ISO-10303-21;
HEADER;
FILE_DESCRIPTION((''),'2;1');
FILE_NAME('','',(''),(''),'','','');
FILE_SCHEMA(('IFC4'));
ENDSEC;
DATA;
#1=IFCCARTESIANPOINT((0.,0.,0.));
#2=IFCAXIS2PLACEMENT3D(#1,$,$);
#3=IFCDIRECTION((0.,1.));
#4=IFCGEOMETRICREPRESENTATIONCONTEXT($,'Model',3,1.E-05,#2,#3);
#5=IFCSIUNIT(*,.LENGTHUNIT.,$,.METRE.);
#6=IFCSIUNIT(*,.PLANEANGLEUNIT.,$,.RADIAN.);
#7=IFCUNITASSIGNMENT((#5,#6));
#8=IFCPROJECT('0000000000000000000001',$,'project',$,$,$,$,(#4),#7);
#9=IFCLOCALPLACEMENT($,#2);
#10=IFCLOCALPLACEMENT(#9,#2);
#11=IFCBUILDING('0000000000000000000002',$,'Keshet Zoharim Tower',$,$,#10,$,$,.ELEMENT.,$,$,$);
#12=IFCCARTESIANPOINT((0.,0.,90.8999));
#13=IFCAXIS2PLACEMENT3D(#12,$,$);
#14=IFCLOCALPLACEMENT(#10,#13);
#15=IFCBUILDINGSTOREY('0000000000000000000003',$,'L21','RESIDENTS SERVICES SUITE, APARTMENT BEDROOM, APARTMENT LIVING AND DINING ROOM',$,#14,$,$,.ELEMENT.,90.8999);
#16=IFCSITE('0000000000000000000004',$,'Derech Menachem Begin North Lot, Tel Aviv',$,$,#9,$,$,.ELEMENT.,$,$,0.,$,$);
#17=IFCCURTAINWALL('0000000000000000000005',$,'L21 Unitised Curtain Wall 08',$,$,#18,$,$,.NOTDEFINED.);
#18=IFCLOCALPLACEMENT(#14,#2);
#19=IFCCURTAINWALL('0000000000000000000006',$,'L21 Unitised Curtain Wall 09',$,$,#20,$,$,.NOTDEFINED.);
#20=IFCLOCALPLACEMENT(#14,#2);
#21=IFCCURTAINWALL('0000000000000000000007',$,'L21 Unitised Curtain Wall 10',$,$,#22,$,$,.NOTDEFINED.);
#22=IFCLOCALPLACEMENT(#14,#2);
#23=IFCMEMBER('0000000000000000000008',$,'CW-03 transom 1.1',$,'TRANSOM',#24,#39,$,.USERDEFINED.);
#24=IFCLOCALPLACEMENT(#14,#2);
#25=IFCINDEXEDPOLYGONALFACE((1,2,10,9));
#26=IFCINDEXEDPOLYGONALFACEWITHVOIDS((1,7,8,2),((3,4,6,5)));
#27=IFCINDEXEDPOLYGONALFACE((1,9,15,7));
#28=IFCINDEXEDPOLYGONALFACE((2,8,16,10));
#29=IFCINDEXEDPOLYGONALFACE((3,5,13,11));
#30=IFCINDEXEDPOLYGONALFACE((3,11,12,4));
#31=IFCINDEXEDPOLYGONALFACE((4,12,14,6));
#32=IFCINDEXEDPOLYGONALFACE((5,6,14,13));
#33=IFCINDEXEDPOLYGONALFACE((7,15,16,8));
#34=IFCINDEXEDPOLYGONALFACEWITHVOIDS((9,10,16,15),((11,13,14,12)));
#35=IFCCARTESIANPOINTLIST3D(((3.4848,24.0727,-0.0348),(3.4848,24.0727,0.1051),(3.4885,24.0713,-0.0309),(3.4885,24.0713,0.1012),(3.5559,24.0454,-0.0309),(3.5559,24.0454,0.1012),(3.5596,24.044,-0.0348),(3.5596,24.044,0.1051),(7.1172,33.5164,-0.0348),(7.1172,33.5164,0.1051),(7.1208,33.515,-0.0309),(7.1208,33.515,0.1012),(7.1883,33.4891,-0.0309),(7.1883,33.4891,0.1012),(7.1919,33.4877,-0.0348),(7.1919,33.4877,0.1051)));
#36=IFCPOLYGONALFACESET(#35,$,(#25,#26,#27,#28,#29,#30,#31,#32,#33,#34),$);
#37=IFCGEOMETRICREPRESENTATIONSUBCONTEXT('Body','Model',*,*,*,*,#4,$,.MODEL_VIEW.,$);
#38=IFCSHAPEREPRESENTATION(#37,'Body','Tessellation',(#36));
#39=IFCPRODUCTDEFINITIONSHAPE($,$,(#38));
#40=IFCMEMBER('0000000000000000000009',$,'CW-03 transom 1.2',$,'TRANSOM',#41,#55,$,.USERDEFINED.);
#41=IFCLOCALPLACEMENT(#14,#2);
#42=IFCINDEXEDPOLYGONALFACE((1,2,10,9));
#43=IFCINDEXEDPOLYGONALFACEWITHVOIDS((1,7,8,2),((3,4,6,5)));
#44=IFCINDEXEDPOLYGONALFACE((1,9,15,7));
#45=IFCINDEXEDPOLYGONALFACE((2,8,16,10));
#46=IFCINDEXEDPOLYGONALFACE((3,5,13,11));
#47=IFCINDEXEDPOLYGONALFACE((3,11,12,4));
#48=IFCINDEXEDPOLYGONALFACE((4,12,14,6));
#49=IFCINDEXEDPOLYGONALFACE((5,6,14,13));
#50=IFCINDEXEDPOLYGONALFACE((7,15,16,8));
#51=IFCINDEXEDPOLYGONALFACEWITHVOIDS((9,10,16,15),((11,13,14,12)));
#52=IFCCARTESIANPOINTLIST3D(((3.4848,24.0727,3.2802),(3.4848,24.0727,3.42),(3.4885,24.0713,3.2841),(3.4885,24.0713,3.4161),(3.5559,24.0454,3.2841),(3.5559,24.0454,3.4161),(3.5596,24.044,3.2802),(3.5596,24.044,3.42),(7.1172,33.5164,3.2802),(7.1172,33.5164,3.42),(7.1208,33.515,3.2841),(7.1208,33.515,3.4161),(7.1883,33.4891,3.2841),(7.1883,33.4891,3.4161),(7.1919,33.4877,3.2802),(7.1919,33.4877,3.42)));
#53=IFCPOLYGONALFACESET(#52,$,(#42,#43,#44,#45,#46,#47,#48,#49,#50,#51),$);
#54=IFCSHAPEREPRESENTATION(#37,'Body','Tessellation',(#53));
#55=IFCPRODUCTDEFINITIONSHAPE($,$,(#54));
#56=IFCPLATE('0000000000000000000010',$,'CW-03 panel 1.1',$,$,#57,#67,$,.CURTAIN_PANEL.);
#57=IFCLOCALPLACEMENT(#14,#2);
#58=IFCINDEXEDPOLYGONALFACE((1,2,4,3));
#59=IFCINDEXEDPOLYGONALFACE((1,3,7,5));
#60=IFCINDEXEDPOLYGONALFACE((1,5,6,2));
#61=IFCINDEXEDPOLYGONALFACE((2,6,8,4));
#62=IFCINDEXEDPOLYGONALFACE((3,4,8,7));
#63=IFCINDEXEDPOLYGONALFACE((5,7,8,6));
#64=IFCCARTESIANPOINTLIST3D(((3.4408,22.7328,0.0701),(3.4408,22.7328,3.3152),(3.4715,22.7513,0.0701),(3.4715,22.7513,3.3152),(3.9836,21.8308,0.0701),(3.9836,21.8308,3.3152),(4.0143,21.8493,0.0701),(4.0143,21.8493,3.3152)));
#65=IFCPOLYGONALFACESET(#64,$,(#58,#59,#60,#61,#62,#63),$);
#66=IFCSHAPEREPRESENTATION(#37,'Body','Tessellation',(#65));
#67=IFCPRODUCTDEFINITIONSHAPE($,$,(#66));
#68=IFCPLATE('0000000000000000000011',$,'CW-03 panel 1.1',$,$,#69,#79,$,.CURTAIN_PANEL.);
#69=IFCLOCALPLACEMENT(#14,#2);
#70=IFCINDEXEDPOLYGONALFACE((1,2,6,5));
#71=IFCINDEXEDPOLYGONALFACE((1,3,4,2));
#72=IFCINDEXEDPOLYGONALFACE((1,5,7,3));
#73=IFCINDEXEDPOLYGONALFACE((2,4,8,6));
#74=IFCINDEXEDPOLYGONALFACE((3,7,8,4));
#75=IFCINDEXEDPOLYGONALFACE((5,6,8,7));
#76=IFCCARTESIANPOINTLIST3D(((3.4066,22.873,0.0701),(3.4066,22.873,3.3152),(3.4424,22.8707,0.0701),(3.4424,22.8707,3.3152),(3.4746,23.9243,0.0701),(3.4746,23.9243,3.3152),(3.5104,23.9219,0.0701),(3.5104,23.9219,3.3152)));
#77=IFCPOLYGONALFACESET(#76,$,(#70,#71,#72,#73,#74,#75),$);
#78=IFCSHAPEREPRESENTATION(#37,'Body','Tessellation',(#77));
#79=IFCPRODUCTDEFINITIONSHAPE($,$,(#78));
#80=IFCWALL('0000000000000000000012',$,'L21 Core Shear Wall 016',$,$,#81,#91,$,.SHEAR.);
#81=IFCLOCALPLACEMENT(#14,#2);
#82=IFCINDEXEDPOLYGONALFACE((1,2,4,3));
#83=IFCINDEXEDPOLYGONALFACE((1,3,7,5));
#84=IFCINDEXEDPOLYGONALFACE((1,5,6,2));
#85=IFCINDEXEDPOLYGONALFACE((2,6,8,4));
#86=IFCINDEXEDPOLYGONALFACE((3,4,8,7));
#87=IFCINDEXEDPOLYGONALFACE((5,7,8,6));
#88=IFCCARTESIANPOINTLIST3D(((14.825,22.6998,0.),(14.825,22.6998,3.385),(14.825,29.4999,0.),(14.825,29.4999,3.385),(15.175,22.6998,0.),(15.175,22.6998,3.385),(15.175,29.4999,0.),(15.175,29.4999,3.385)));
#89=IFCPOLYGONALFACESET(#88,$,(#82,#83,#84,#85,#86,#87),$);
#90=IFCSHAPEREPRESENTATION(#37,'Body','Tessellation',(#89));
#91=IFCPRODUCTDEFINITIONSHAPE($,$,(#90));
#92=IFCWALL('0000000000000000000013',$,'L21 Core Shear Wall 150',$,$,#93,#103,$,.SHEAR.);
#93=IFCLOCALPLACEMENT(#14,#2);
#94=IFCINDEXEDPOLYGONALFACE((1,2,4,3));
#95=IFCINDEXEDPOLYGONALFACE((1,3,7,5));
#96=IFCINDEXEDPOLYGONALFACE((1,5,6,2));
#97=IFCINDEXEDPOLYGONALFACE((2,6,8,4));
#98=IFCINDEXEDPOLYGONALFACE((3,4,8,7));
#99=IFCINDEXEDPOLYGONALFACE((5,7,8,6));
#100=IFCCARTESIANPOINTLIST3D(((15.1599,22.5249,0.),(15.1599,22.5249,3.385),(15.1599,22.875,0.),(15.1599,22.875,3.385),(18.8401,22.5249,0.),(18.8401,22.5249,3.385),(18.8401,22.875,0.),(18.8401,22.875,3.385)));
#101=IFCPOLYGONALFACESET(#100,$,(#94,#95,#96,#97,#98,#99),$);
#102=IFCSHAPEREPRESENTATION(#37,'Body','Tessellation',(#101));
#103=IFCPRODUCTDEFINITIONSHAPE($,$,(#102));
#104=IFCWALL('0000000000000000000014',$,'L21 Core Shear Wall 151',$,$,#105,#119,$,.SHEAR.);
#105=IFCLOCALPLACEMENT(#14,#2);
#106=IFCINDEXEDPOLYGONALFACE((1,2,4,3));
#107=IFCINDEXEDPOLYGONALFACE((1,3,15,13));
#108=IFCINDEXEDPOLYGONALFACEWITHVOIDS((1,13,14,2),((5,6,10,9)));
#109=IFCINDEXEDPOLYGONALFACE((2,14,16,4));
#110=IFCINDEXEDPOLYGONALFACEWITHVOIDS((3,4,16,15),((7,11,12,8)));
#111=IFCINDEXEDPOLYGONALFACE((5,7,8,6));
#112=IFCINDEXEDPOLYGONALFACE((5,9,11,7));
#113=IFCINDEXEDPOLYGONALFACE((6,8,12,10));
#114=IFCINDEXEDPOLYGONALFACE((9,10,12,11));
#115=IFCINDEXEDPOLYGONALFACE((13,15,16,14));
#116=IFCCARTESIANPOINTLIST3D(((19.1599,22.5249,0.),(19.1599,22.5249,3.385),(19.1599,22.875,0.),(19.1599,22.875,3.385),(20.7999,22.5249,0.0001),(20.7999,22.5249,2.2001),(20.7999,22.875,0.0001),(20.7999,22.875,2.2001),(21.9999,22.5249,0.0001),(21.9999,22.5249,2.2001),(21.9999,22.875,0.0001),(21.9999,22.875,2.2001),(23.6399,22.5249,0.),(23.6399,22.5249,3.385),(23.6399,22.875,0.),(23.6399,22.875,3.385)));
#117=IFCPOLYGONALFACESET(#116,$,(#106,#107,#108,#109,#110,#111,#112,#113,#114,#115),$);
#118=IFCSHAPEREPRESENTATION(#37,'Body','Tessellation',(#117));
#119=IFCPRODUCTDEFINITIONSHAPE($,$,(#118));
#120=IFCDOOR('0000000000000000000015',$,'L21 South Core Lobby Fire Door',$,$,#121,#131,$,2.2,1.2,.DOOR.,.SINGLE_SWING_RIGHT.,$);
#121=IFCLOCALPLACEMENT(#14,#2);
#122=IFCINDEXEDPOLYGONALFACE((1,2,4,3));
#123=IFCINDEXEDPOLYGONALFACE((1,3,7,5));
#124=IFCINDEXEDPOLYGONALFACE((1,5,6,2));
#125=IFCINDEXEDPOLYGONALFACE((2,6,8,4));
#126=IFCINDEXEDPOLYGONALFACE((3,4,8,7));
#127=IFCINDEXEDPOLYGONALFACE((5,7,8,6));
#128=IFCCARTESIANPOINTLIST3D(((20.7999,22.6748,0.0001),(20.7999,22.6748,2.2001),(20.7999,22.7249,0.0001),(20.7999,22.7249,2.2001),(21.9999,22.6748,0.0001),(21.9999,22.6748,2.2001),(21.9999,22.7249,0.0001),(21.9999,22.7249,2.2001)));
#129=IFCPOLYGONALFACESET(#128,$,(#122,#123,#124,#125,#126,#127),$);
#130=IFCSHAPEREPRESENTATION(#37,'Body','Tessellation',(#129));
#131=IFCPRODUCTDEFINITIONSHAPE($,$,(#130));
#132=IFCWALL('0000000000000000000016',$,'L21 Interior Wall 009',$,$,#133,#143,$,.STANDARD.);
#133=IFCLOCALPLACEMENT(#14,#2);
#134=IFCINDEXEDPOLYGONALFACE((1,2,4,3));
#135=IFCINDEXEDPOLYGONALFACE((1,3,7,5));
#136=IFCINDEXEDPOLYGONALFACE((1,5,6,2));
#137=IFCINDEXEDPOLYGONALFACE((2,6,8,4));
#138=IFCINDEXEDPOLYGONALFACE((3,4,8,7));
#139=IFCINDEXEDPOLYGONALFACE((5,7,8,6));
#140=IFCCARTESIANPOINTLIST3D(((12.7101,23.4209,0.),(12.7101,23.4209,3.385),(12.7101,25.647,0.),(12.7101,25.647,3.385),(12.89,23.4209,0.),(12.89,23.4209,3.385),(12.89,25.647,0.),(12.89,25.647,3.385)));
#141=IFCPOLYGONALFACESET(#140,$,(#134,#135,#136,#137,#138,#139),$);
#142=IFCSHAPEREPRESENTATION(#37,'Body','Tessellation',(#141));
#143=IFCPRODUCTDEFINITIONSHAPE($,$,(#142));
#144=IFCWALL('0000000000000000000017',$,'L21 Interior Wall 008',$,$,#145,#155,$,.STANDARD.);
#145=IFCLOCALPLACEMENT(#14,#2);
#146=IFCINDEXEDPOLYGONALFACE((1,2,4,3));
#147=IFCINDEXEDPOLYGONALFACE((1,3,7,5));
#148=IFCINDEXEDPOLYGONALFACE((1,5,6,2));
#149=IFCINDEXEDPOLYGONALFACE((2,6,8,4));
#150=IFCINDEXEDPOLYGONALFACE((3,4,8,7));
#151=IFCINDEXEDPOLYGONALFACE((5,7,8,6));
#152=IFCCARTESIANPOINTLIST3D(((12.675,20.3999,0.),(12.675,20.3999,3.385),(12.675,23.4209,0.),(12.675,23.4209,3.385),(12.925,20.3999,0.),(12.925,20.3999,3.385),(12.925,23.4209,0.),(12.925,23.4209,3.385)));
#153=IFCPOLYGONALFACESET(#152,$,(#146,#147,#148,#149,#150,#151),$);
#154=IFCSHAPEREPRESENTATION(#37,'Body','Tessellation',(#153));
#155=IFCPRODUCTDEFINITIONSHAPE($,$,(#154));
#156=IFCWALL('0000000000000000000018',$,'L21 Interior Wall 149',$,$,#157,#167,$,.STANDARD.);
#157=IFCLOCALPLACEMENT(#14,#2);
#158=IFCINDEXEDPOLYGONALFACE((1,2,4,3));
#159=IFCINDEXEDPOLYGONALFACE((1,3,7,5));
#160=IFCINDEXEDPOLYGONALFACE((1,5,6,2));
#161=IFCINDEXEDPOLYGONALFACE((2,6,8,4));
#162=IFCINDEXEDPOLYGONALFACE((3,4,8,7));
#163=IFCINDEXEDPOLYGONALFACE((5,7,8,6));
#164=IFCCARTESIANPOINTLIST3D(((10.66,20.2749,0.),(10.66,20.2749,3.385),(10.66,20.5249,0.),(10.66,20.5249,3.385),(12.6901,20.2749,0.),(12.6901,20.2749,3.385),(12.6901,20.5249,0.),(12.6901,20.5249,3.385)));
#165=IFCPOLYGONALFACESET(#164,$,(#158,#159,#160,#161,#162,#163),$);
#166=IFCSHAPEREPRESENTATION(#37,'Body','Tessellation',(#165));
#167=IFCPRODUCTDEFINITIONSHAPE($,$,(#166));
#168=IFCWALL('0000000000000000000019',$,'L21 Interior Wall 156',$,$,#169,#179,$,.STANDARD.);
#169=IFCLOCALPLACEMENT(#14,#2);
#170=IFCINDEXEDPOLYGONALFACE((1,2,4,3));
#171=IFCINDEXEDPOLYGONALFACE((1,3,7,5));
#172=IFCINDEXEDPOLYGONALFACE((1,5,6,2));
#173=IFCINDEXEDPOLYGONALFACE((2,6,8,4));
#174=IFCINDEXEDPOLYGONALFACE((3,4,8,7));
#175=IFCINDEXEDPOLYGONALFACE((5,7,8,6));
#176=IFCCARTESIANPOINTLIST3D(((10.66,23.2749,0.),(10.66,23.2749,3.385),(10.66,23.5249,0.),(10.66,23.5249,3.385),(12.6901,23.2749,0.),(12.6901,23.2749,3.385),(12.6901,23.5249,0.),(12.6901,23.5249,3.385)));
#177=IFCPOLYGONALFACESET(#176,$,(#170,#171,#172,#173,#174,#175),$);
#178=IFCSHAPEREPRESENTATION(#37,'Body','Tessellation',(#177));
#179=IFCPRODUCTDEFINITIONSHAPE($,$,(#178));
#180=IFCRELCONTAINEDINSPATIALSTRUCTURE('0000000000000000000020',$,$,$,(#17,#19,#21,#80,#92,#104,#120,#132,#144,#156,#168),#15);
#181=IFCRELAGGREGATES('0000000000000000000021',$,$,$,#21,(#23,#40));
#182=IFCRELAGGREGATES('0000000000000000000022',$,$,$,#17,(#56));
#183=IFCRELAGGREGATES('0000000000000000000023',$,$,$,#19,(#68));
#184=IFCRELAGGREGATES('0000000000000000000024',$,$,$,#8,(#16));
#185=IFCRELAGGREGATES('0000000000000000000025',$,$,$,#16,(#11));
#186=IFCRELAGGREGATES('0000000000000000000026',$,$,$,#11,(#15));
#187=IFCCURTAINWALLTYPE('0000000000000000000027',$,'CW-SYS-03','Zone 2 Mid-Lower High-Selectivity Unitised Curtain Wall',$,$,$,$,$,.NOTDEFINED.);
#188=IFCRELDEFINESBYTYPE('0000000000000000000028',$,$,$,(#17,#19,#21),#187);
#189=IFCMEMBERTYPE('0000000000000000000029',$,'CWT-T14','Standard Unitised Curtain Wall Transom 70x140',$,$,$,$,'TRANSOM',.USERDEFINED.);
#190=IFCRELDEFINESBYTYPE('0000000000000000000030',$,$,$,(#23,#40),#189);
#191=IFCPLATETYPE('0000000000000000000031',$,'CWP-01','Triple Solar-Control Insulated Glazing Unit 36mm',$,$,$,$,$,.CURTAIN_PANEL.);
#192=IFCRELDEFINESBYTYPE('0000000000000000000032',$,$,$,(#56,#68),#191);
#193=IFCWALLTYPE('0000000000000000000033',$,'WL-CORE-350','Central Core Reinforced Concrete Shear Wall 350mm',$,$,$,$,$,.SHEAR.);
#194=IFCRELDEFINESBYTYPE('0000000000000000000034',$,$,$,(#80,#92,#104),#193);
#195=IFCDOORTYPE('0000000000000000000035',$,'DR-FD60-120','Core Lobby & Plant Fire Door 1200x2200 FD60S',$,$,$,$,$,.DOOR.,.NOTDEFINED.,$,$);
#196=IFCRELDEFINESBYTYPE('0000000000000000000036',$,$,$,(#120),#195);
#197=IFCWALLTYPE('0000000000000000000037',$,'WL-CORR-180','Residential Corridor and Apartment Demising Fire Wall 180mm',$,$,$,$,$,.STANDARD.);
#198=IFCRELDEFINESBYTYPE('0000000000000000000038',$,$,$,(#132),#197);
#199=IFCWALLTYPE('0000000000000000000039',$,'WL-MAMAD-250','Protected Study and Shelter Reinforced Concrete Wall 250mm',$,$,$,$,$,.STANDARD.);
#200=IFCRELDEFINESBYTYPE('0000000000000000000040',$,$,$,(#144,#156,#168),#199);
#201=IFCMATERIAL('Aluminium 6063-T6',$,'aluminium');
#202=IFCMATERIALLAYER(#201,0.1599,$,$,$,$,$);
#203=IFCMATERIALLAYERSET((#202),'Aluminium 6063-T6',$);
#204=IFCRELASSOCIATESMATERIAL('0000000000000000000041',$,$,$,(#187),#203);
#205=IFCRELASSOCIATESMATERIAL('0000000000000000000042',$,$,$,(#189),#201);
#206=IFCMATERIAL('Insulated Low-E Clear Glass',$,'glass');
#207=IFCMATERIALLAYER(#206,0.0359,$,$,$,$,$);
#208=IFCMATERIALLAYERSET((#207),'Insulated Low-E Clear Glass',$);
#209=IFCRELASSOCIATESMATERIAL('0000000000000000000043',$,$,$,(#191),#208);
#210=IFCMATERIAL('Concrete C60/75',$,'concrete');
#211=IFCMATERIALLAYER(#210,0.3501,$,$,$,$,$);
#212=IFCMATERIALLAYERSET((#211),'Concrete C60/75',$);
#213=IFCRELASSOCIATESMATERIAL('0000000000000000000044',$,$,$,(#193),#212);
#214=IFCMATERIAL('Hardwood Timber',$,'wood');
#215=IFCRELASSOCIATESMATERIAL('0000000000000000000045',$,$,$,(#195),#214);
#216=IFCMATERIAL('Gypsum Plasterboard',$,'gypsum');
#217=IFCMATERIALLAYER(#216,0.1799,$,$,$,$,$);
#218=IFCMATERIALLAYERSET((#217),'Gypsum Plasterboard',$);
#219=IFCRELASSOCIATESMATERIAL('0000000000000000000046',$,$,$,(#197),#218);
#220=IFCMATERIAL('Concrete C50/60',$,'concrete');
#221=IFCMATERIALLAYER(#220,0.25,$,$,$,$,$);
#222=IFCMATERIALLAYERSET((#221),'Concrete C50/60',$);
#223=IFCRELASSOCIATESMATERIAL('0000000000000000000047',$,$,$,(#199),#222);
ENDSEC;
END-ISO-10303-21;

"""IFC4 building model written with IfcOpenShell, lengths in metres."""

from ifc_helpers import new_model, si_unit, direction, frame, frame_2d, origin, origin_2d, place, context, subcontext, project, spatial, rectangle, hollow_rectangle, extrude, material, layer, layer_set, material_profile, profile_set, type_object, element, fill, aggregate, save


model = new_model("IFC4")

# Units and contexts
model_context = context("Model", 3, precision=1e-05, world=origin(), true_north=direction((0.0, 1.0)))
body_context = subcontext(model_context, "Body", "Model", "MODEL_VIEW")
ifc_project = project(units=[si_unit("LENGTHUNIT", "METRE"), si_unit("PLANEANGLEUNIT", "RADIAN")], contexts=[model_context])

# Site, building, storey
site_placement = place(None, origin())
site = spatial("IfcSite", under=ifc_project, at=site_placement, Name="Derech Menachem Begin North Lot, Tel Aviv", CompositionType="ELEMENT", RefElevation=0.0)
building_placement = place(site_placement, origin())
building = spatial("IfcBuilding", under=site, at=building_placement, Name="Keshet Zoharim Tower", CompositionType="ELEMENT")
storey_placement = place(building_placement, frame((0.0, 0.0, 90.8999)))
storey = spatial("IfcBuildingStorey", under=building, at=storey_placement, Name="L21", Description="RESIDENTS SERVICES SUITE, APARTMENT BEDROOM, APARTMENT LIVING AND DINING ROOM", CompositionType="ELEMENT", Elevation=90.8999)

# Shared definitions
ifc_material_1 = material(Name="Concrete C60/75", Category="concrete")

# Shared definitions
ifc_material_2 = material(Name="Aluminium 6063-T6", Category="aluminium")
ifc_layer_1 = layer(ifc_material_2, 0.1599)
ifc_layer_set_1 = layer_set([ifc_layer_1], Name="Aluminium 6063-T6")
curtain_wall_type = type_object("IfcCurtainWallType", Name="CW-SYS-03", Description="Zone 2 Mid-Lower High-Selectivity Unitised Curtain Wall", PredefinedType="NOTDEFINED", material=ifc_layer_set_1)

# Curtain walls
curtain_wall_1_placement = place(storey_placement, origin())
curtain_wall_1 = element("IfcCurtainWall", 1, at=curtain_wall_1_placement, inside=storey, type_object=curtain_wall_type, Name="L21 Unitised Curtain Wall 08", PredefinedType="NOTDEFINED")
curtain_wall_2_placement = place(storey_placement, origin())
curtain_wall_2 = element("IfcCurtainWall", 2, at=curtain_wall_2_placement, inside=storey, type_object=curtain_wall_type, Name="L21 Unitised Curtain Wall 09", PredefinedType="NOTDEFINED")

# Curtain wall
curtain_wall_3_placement = place(storey_placement, origin())
curtain_wall_3 = element("IfcCurtainWall", 3, at=curtain_wall_3_placement, inside=storey, type_object=curtain_wall_type, Name="L21 Unitised Curtain Wall 10", PredefinedType="NOTDEFINED")

# Members
ifc_material_profile_1 = material_profile(ifc_material_2, hollow_rectangle(XDim=0.0801, YDim=0.1399, WallThickness=0.0039, at=origin_2d()), Name="TRN-80x140")
ifc_profile_set_1 = profile_set([ifc_material_profile_1], Name="Aluminium 6063-T6")
member_type_1 = type_object("IfcMemberType", Name="CWT-T14", Description="Standard Unitised Curtain Wall Transom 70x140", ElementType="TRANSOM", PredefinedType="USERDEFINED", material=ifc_profile_set_1)
member_1_placement = place(storey_placement, frame((3.5222, 24.0583, 0.0352), z_axis=(0.358994, 0.93334, 0.0), x_axis=(-0.93334, 0.358994, 0.0)))
member_1 = element("IfcMember", 4, at=member_1_placement, type_object=member_type_1, Name="CW-03 transom 1.1", ObjectType="TRANSOM", PredefinedType="USERDEFINED", context=body_context, shape_type="SweptSolid", body=[
    extrude(hollow_rectangle(XDim=0.0801, YDim=0.1399, WallThickness=0.0039, at=origin_2d()), origin(), (0.0, 0.0, 1.0), 10.1182),
])
member_2_placement = place(storey_placement, frame((3.5222, 24.0583, 3.3501), z_axis=(0.358994, 0.93334, 0.0), x_axis=(-0.93334, 0.358994, 0.0)))
member_2 = element("IfcMember", 5, at=member_2_placement, type_object=member_type_1, Name="CW-03 transom 1.2", ObjectType="TRANSOM", PredefinedType="USERDEFINED", context=body_context, shape_type="SweptSolid", body=[
    extrude(hollow_rectangle(XDim=0.0801, YDim=0.1399, WallThickness=0.0039, at=origin_2d()), origin(), (0.0, 0.0, 1.0), 10.1182),
])
aggregate(curtain_wall_3, [member_1, member_2])

# Plates
ifc_material_3 = material(Name="Insulated Low-E Clear Glass", Category="glass")
ifc_layer_2 = layer(ifc_material_3, 0.0359)
ifc_layer_set_2 = layer_set([ifc_layer_2], Name="Insulated Low-E Clear Glass")
plate_type = type_object("IfcPlateType", Name="CWP-01", Description="Triple Solar-Control Insulated Glazing Unit 36mm", PredefinedType="CURTAIN_PANEL", material=ifc_layer_set_2)
plate_1_placement = place(storey_placement, frame((3.7275, 22.291, 0.0701), z_axis=(0.0, 0.0, 1.0), x_axis=(-0.515605, 0.856826, 0.0)))
plate_1 = element("IfcPlate", 6, at=plate_1_placement, type_object=plate_type, Name="CW-03 panel 1.1", PredefinedType="CURTAIN_PANEL", context=body_context, shape_type="SweptSolid", body=[
    extrude(rectangle(XDim=1.0527, YDim=0.0359, at=origin_2d()), origin(), (0.0, 0.0, 1.0), 3.2451),
])
aggregate(curtain_wall_1, [plate_1])
plate_2_placement = place(storey_placement, frame((3.4585, 23.3975, 0.0701), z_axis=(0.0, 0.0, 1.0), x_axis=(0.064517, 0.997917, 0.0)))
plate_2 = element("IfcPlate", 7, at=plate_2_placement, type_object=plate_type, Name="CW-03 panel 1.1", PredefinedType="CURTAIN_PANEL", context=body_context, shape_type="SweptSolid", body=[
    extrude(rectangle(XDim=1.0535, YDim=0.0359, at=origin_2d()), origin(), (0.0, 0.0, 1.0), 3.2451),
])
aggregate(curtain_wall_2, [plate_2])

# Wall
ifc_layer_3 = layer(ifc_material_1, 0.3501)
ifc_layer_set_3 = layer_set([ifc_layer_3], Name="Concrete C60/75")
wall_type_1 = type_object("IfcWallType", Name="WL-CORE-350", Description="Central Core Reinforced Concrete Shear Wall 350mm", PredefinedType="SHEAR", material=ifc_layer_set_3)
wall_1_placement = place(storey_placement, frame((15.0, 22.7, 0.0), z_axis=(0.0, 0.0, 1.0), x_axis=(0.0, 1.0, 0.0)))
element("IfcWall", 8, at=wall_1_placement, inside=storey, type_object=wall_type_1, Name="L21 Core Shear Wall 016", PredefinedType="SHEAR", context=body_context, shape_type="SweptSolid", body=[
    extrude(rectangle(XDim=6.8, YDim=0.3501, at=frame_2d((3.3999, 0.0))), origin(), (0.0, 0.0, 1.0), 3.385),
])

# Shared definitions
ifc_material_4 = material(Name="Hardwood Timber", Category="wood")

# Wall
wall_2_placement = place(storey_placement, frame((15.1599, 22.7, 0.0), z_axis=(0.0, 0.0, 1.0), x_axis=(1.0, 0.0, 0.0)))
element("IfcWall", 9, at=wall_2_placement, inside=storey, type_object=wall_type_1, Name="L21 Core Shear Wall 150", PredefinedType="SHEAR", context=body_context, shape_type="SweptSolid", body=[
    extrude(rectangle(XDim=3.6802, YDim=0.3501, at=frame_2d((1.8401, 0.0))), origin(), (0.0, 0.0, 1.0), 3.385),
])

# Wall, opening, door
wall_3_placement = place(storey_placement, frame((19.1599, 22.7, 0.0), z_axis=(0.0, 0.0, 1.0), x_axis=(1.0, 0.0, 0.0)))
wall_3 = element("IfcWall", 10, at=wall_3_placement, inside=storey, type_object=wall_type_1, Name="L21 Core Shear Wall 151", PredefinedType="SHEAR", context=body_context, shape_type="SweptSolid", body=[
    extrude(rectangle(XDim=4.48, YDim=0.3501, at=frame_2d((2.24, 0.0))), origin(), (0.0, 0.0, 1.0), 3.385),
])
opening_1_placement = place(wall_3_placement, frame((1.6399, 0.0, 0.0)))
opening_1 = element("IfcOpeningElement", 11, at=opening_1_placement, cuts=wall_3, PredefinedType="OPENING", context=body_context, shape_type="SweptSolid", body=[
    extrude(rectangle(XDim=1.2, YDim=2.2, at=frame_2d((0.6001, 1.1001))), frame((0.0, 0.1851, 0.0), z_axis=(0.0, -1.0, 0.0), x_axis=(1.0, 0.0, 0.0)), (0.0, 0.0, 1.0), 0.3701),
])
door_type_1 = type_object("IfcDoorType", Name="DR-FD60-120", Description="Core Lobby & Plant Fire Door 1200x2200 FD60S", OperationType="NOTDEFINED", PredefinedType="DOOR", material=ifc_material_4)
door_1_placement = place(opening_1_placement, origin())
door_1 = element("IfcDoor", 12, at=door_1_placement, inside=storey, type_object=door_type_1, Name="L21 South Core Lobby Fire Door", OperationType="SINGLE_SWING_RIGHT", OverallHeight=2.2, OverallWidth=1.2, PredefinedType="DOOR", context=body_context, shape_type="SweptSolid", body=[
    extrude(rectangle(XDim=1.2, YDim=2.2, at=frame_2d((0.6001, 1.1001))), frame((0.0, 0.0249, 0.0), z_axis=(0.0, -1.0, 0.0), x_axis=(1.0, 0.0, 0.0)), (0.0, 0.0, 1.0), 0.05),
])
fill(opening_1, door_1)

# Wall
ifc_material_5 = material(Name="Gypsum Plasterboard", Category="gypsum")
ifc_layer_4 = layer(ifc_material_5, 0.1799)
ifc_layer_set_4 = layer_set([ifc_layer_4], Name="Gypsum Plasterboard")
wall_type_2 = type_object("IfcWallType", Name="WL-CORR-180", Description="Residential Corridor and Apartment Demising Fire Wall 180mm", PredefinedType="STANDARD", material=ifc_layer_set_4)
wall_4_placement = place(storey_placement, frame((12.8, 23.4209, 0.0), z_axis=(0.0, 0.0, 1.0), x_axis=(0.0, 1.0, 0.0)))
element("IfcWall", 13, at=wall_4_placement, inside=storey, type_object=wall_type_2, Name="L21 Interior Wall 009", PredefinedType="STANDARD", context=body_context, shape_type="SweptSolid", body=[
    extrude(rectangle(XDim=2.2261, YDim=0.1799, at=frame_2d((1.113, 0.0))), origin(), (0.0, 0.0, 1.0), 3.385),
])

# Shared definitions
ifc_material_6 = material(Name="Concrete C50/60", Category="concrete")
ifc_layer_5 = layer(ifc_material_6, 0.25)
ifc_layer_set_5 = layer_set([ifc_layer_5], Name="Concrete C50/60")
wall_type_3 = type_object("IfcWallType", Name="WL-MAMAD-250", Description="Protected Study and Shelter Reinforced Concrete Wall 250mm", PredefinedType="STANDARD", material=ifc_layer_set_5)

# Walls
wall_5_placement = place(storey_placement, frame((12.8, 20.3999, 0.0), z_axis=(0.0, 0.0, 1.0), x_axis=(0.0, 1.0, 0.0)))
element("IfcWall", 14, at=wall_5_placement, inside=storey, type_object=wall_type_3, Name="L21 Interior Wall 008", PredefinedType="STANDARD", context=body_context, shape_type="SweptSolid", body=[
    extrude(rectangle(XDim=3.021, YDim=0.25, at=frame_2d((1.5105, 0.0))), origin(), (0.0, 0.0, 1.0), 3.385),
])
for number, where, z_axis, x_axis, name in (
    (15, (10.6599, 20.3999, 0.0), (0.0, 0.0, 1.0), (1.0, 0.0, 0.0), "L21 Interior Wall 149"),
    (16, (10.6599, 23.3999, 0.0), (0.0, 0.0, 1.0), (1.0, 0.0, 0.0), "L21 Interior Wall 156"),
):
    element("IfcWall", number, at=place(storey_placement, frame(where, z_axis=z_axis, x_axis=x_axis)), inside=storey, type_object=wall_type_3, Name=name, PredefinedType="STANDARD", context=body_context, shape_type="SweptSolid", body=[
        extrude(rectangle(XDim=2.03, YDim=0.25, at=frame_2d((1.0151, 0.0))), origin(), (0.0, 0.0, 1.0), 3.385),
    ])

save(model, "model.ifc")
